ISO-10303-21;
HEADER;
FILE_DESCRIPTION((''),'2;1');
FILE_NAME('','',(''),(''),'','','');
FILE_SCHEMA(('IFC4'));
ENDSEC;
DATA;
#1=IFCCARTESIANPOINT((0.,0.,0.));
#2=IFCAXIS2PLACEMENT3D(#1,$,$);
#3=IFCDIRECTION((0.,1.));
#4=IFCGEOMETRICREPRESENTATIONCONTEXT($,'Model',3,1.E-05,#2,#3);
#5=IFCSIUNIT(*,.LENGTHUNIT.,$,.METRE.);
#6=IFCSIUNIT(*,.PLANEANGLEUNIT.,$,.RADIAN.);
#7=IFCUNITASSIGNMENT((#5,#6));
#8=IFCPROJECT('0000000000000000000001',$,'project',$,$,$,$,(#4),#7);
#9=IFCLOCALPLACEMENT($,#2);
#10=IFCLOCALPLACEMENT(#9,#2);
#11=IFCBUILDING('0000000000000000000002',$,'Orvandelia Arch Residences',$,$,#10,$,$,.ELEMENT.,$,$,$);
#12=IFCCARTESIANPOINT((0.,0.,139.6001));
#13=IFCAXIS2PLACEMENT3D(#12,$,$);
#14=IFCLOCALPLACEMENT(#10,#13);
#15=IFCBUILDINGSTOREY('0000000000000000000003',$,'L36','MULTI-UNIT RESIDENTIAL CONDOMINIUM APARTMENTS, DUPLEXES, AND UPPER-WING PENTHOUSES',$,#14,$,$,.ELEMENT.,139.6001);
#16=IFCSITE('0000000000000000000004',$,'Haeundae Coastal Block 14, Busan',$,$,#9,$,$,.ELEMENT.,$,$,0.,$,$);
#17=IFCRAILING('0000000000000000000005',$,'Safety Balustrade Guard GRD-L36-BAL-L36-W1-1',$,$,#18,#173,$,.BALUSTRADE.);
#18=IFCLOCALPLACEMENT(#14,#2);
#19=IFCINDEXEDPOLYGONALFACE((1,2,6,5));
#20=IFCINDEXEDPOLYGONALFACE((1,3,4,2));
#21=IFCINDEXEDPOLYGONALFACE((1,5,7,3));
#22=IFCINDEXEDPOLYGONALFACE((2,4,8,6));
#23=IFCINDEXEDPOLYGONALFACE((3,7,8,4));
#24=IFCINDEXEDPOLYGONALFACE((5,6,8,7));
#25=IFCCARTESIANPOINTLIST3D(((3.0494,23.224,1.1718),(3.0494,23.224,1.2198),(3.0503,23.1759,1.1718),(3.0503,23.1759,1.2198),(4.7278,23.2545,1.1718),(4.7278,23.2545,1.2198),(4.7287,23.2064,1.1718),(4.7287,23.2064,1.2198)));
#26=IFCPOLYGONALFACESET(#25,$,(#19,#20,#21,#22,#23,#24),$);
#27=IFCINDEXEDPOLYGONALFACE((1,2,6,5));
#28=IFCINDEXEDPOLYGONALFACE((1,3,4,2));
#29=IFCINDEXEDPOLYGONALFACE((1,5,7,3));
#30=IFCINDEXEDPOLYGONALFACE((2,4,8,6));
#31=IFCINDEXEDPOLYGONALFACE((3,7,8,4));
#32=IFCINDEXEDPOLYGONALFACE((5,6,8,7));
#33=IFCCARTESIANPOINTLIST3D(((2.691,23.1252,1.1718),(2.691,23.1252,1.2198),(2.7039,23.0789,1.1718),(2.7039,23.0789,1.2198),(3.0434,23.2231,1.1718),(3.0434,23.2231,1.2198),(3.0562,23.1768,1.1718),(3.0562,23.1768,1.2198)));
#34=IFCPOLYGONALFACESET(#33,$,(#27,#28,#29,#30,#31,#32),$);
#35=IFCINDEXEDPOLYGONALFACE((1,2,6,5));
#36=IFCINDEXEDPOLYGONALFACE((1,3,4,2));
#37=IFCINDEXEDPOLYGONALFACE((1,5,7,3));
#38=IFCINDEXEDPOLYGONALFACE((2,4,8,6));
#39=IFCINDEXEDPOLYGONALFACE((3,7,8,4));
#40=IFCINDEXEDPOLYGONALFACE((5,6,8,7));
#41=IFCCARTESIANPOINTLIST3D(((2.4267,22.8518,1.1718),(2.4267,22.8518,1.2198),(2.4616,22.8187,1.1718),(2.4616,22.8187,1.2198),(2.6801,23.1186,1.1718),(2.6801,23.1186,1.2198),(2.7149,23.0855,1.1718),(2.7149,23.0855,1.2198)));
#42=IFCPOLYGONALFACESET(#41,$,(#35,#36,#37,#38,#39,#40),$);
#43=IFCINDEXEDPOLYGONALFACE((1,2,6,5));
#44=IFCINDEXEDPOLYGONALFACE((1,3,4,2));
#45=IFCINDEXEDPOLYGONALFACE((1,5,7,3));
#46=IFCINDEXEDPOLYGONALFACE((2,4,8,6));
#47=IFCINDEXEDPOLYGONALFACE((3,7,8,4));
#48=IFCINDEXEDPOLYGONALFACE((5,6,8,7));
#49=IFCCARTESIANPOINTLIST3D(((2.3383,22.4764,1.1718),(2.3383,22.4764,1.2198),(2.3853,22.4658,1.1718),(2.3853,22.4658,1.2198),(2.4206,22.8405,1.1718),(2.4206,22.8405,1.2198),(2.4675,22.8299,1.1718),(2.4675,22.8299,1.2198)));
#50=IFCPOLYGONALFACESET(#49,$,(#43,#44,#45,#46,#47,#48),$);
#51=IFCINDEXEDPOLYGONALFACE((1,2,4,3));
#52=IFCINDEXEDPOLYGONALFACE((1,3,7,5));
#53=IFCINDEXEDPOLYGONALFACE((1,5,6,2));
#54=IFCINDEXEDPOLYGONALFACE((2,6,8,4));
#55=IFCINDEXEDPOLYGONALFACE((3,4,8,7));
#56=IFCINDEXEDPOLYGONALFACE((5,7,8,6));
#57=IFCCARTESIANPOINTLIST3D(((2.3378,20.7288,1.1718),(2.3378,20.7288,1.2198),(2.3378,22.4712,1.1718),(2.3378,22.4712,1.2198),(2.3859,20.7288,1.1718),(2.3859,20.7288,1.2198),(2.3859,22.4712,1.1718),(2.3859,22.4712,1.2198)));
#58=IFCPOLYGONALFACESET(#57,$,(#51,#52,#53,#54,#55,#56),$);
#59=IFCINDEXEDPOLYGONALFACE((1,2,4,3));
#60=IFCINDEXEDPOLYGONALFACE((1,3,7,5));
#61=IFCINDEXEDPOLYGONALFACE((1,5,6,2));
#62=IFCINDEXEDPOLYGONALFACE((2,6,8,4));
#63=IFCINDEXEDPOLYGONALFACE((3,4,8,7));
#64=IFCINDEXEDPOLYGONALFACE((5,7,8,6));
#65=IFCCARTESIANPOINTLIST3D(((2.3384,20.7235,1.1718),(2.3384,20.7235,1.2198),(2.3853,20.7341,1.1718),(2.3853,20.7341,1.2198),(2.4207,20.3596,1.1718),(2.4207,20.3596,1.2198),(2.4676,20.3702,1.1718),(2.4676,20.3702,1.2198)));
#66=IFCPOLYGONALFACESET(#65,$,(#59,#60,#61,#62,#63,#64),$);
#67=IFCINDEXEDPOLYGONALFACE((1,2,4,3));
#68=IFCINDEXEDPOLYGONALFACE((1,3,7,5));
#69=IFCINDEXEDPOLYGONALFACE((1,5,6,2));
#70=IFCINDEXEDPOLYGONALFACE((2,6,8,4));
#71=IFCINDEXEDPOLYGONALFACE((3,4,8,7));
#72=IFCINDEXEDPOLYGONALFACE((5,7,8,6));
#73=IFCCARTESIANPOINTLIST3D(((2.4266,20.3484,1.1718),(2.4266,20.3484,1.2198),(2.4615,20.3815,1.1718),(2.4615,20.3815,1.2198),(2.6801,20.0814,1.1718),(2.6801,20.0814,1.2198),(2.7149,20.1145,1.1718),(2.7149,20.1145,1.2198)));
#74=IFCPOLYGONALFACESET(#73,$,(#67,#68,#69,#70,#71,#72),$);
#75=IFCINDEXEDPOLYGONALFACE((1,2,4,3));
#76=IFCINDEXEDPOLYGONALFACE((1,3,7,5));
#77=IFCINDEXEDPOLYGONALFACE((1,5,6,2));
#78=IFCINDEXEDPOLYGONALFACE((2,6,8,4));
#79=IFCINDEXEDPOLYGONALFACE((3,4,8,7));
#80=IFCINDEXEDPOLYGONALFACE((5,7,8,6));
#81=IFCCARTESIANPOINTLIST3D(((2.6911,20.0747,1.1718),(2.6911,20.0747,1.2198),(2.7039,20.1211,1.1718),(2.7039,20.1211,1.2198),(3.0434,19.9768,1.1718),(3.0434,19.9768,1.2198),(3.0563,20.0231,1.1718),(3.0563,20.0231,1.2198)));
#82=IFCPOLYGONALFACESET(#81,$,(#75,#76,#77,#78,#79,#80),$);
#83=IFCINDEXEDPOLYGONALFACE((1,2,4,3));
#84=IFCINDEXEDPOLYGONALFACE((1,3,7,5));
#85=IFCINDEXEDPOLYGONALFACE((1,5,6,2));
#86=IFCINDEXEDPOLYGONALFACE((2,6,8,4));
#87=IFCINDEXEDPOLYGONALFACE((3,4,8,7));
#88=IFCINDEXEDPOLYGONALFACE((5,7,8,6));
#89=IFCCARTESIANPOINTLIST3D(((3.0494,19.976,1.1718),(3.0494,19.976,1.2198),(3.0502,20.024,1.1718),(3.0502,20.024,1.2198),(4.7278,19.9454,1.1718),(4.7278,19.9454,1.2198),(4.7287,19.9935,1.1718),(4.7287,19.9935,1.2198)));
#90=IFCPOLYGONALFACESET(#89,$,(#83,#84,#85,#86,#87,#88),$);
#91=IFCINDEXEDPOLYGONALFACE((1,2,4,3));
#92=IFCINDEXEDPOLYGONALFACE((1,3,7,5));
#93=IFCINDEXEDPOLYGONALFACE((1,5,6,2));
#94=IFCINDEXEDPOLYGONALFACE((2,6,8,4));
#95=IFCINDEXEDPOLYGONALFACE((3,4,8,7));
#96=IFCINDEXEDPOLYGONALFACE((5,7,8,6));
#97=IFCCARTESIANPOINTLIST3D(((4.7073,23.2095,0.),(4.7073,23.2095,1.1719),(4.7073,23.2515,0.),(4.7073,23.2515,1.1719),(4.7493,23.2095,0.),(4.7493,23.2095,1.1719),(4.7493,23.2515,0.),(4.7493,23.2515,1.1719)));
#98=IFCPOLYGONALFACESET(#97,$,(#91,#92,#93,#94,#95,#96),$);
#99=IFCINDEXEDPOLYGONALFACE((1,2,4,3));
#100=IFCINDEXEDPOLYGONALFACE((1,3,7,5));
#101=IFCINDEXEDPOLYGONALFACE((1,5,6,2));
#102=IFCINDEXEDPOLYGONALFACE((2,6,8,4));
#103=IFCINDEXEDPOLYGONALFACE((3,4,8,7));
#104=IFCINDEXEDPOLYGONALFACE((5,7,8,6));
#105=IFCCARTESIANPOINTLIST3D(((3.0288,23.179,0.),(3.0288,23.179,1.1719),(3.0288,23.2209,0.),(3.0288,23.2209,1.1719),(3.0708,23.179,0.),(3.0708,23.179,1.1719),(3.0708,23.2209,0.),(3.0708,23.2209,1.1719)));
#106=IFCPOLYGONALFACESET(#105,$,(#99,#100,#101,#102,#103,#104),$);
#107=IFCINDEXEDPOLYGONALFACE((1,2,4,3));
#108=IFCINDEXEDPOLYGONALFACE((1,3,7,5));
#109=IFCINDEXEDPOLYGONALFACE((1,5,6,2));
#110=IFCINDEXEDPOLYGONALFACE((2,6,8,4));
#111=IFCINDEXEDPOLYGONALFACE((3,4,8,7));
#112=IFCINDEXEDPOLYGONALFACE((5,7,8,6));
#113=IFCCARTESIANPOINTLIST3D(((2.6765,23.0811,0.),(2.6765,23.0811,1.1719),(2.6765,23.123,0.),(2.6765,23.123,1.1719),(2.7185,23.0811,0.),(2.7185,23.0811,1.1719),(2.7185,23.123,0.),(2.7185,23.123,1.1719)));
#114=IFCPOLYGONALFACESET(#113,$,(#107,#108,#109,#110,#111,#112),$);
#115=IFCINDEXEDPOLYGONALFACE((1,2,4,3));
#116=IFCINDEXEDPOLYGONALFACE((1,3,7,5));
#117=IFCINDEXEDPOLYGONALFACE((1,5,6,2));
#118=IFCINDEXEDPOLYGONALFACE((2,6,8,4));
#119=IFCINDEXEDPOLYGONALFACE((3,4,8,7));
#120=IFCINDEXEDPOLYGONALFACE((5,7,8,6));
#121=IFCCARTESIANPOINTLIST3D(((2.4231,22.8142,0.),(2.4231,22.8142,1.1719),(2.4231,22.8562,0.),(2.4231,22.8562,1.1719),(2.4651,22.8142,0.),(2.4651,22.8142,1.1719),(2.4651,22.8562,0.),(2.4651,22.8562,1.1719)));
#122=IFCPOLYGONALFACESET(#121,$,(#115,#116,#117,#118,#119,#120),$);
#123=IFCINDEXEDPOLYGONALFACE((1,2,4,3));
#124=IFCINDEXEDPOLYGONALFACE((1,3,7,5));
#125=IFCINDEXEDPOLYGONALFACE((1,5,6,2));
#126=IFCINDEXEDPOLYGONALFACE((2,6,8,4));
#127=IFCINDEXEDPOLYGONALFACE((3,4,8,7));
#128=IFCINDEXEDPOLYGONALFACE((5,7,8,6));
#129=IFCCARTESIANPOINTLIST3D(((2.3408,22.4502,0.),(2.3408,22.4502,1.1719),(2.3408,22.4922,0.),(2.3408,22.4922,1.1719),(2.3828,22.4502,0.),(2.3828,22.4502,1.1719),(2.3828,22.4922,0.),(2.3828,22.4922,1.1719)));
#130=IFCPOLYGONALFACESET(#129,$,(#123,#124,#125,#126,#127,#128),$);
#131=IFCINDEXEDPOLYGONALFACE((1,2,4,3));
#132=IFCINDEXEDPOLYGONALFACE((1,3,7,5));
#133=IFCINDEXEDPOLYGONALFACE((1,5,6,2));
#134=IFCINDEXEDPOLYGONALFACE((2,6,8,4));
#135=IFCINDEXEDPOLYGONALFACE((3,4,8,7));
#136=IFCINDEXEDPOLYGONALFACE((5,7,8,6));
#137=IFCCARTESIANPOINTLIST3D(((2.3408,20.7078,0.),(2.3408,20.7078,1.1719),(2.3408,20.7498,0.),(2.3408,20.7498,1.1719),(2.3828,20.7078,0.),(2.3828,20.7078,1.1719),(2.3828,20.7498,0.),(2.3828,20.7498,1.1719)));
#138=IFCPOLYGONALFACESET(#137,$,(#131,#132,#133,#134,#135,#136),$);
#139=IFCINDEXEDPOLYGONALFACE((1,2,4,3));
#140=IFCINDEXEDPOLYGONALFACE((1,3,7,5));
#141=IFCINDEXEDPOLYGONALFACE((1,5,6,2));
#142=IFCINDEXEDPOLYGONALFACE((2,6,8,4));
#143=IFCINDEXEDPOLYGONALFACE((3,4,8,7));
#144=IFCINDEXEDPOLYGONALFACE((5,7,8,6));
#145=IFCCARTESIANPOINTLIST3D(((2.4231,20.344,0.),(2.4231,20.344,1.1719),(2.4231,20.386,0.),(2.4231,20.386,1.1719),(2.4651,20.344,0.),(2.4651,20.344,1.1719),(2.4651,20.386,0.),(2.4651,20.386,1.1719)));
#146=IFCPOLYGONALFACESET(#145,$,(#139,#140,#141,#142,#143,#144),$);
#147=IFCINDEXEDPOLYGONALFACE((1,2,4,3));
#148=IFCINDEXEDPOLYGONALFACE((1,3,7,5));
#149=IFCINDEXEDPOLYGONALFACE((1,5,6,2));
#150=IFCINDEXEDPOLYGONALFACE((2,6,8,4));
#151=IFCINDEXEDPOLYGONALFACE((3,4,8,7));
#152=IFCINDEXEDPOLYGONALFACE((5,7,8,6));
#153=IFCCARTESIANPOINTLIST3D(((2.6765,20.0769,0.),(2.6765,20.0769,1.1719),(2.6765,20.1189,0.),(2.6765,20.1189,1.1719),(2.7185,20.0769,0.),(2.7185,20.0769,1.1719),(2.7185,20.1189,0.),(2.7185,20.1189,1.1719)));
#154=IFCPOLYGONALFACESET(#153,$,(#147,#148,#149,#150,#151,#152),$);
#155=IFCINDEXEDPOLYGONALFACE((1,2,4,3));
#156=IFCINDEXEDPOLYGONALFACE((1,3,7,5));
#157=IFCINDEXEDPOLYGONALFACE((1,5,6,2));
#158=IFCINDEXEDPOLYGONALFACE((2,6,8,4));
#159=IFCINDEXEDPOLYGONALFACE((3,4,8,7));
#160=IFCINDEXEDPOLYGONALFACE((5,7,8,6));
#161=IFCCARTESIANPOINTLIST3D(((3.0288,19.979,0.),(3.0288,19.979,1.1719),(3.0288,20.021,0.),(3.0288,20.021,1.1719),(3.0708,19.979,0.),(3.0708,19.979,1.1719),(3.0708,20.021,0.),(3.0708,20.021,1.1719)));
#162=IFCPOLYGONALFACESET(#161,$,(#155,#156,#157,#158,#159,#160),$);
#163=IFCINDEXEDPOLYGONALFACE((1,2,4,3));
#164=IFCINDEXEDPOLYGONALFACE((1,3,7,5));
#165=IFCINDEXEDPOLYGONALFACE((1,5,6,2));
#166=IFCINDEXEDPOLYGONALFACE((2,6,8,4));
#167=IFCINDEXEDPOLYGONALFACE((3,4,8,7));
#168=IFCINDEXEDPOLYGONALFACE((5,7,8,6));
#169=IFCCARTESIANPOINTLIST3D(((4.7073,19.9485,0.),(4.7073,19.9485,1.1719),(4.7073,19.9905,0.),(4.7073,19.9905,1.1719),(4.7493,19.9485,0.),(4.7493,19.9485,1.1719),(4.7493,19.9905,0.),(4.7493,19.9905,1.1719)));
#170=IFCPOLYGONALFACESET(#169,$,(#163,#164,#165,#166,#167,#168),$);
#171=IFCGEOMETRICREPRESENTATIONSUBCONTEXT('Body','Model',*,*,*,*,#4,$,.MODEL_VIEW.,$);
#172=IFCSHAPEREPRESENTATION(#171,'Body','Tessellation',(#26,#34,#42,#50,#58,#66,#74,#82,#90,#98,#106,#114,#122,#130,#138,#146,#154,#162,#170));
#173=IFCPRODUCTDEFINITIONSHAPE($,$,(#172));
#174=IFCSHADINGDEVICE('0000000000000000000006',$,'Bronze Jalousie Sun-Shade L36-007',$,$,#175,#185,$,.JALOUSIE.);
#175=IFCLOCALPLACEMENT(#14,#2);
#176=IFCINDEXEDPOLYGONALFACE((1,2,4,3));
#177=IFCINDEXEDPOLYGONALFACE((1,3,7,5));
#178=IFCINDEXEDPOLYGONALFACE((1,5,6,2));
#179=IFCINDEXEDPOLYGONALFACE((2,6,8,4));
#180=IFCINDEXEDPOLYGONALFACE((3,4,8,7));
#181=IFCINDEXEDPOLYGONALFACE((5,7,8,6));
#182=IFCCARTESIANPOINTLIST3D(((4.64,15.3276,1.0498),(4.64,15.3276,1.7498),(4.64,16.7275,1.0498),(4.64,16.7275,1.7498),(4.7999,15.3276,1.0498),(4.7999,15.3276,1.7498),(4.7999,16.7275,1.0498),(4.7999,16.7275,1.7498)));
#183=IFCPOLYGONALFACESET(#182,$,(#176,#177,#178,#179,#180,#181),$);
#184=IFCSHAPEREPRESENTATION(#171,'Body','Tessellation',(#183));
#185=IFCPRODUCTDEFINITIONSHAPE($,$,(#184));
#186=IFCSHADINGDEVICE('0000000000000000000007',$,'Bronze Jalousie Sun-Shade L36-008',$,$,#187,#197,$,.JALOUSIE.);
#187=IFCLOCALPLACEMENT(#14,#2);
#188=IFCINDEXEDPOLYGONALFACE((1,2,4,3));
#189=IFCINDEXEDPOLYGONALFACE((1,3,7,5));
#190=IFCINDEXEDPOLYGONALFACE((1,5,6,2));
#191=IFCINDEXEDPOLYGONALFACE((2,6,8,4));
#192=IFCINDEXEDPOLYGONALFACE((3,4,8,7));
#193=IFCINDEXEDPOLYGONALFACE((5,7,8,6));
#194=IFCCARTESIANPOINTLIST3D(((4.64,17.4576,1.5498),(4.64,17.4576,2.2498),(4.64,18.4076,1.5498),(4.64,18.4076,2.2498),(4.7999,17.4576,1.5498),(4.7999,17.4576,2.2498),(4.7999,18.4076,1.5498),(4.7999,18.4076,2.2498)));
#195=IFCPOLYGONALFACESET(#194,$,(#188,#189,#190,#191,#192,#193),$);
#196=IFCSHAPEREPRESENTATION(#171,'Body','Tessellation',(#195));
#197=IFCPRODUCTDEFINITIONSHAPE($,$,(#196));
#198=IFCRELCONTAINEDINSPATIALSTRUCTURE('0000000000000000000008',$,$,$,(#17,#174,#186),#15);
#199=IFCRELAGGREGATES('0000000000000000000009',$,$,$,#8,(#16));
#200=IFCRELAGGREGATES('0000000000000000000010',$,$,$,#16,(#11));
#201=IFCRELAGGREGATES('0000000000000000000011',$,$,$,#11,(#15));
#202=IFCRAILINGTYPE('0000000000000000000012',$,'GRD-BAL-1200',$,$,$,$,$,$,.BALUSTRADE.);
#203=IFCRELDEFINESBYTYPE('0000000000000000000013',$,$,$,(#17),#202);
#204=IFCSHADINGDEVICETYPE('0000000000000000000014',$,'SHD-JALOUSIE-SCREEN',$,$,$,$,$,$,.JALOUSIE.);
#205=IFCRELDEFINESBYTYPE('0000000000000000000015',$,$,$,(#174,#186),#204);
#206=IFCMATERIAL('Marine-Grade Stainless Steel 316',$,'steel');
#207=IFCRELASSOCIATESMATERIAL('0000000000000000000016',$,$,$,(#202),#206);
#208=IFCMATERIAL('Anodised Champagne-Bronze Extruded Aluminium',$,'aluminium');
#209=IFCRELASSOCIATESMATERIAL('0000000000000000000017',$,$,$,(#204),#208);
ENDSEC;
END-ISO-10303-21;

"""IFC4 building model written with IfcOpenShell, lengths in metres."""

from ifc_helpers import new_model, si_unit, direction, frame, origin, origin_2d, place, context, subcontext, project, spatial, rectangle, extrude, material, type_object, element, save


model = new_model("IFC4")

# Units and contexts
model_context = context("Model", 3, precision=1e-05, world=origin(), true_north=direction((0.0, 1.0)))
body_context = subcontext(model_context, "Body", "Model", "MODEL_VIEW")
ifc_project = project(units=[si_unit("LENGTHUNIT", "METRE"), si_unit("PLANEANGLEUNIT", "RADIAN")], contexts=[model_context])

# Site, building, storey
site_placement = place(None, origin())
site = spatial("IfcSite", under=ifc_project, at=site_placement, Name="Haeundae Coastal Block 14, Busan", CompositionType="ELEMENT", RefElevation=0.0)
building_placement = place(site_placement, origin())
building = spatial("IfcBuilding", under=site, at=building_placement, Name="Orvandelia Arch Residences", CompositionType="ELEMENT")
storey_placement = place(building_placement, frame((0.0, 0.0, 139.6001)))
storey = spatial("IfcBuildingStorey", under=building, at=storey_placement, Name="L36", Description="MULTI-UNIT RESIDENTIAL CONDOMINIUM APARTMENTS, DUPLEXES, AND UPPER-WING PENTHOUSES", CompositionType="ELEMENT", Elevation=139.6001)

# Railing
ifc_material_1 = material(Name="Marine-Grade Stainless Steel 316", Category="steel")
railing_type = type_object("IfcRailingType", Name="GRD-BAL-1200", PredefinedType="BALUSTRADE", material=ifc_material_1)
railing_placement = place(storey_placement, frame((4.7283, 23.2305, 0.0)))
element("IfcRailing", 1, at=railing_placement, inside=storey, type_object=railing_type, Name="Safety Balustrade Guard GRD-L36-BAL-L36-W1-1", PredefinedType="BALUSTRADE", context=body_context, shape_type="SweptSolid", body=[
    extrude(rectangle(XDim=0.0481, YDim=0.0481, at=origin_2d()), frame((0.0, 0.0, 1.1958), z_axis=(-0.999835, -0.018179, 0.0), x_axis=(0.018179, -0.999835, 0.0)), (0.0, 0.0, 1.0), 1.6787),
    extrude(rectangle(XDim=0.0481, YDim=0.0481, at=origin_2d()), frame((-1.6785, -0.0305, 1.1958), z_axis=(-0.963489, -0.267747, 0.0), x_axis=(0.267747, -0.963489, 0.0)), (0.0, 0.0, 1.0), 0.3657),
    extrude(rectangle(XDim=0.0481, YDim=0.0481, at=origin_2d()), frame((-2.0308, -0.1284, 1.1958), z_axis=(-0.688627, -0.725115, 0.0), x_axis=(0.725115, -0.688627, 0.0)), (0.0, 0.0, 1.0), 0.3679),
    extrude(rectangle(XDim=0.0481, YDim=0.0481, at=origin_2d()), frame((-2.2842, -0.3953, 1.1958), z_axis=(-0.220462, -0.975396, 0.0), x_axis=(0.975396, -0.220462, 0.0)), (0.0, 0.0, 1.0), 0.3733),
    extrude(rectangle(XDim=0.0481, YDim=0.0481, at=origin_2d()), frame((-2.3665, -0.7593, 1.1958), z_axis=(0.0, -1.0, 0.0), x_axis=(1.0, 0.0, 0.0)), (0.0, 0.0, 1.0), 1.7424),
    extrude(rectangle(XDim=0.0481, YDim=0.0481, at=origin_2d()), frame((-2.3665, -2.5017, 1.1958), z_axis=(0.220602, -0.975364, 0.0), x_axis=(0.975364, 0.220602, 0.0)), (0.0, 0.0, 1.0), 0.373),
    extrude(rectangle(XDim=0.0481, YDim=0.0481, at=origin_2d()), frame((-2.2842, -2.8655, 1.1958), z_axis=(0.688296, -0.72543, 0.0), x_axis=(0.72543, 0.688296, 0.0)), (0.0, 0.0, 1.0), 0.3682),
    extrude(rectangle(XDim=0.0481, YDim=0.0481, at=origin_2d()), frame((-2.0308, -3.1326, 1.1958), z_axis=(0.963489, -0.267747, 0.0), x_axis=(0.267747, 0.963489, 0.0)), (0.0, 0.0, 1.0), 0.3657),
    extrude(rectangle(XDim=0.0481, YDim=0.0481, at=origin_2d()), frame((-1.6785, -3.2305, 1.1958), z_axis=(0.999835, -0.018179, 0.0), x_axis=(0.018179, 0.999835, 0.0)), (0.0, 0.0, 1.0), 1.6787),
    extrude(rectangle(XDim=0.042, YDim=0.042, at=origin_2d()), origin(), (0.0, 0.0, 1.0), 1.1719),
    extrude(rectangle(XDim=0.042, YDim=0.042, at=origin_2d()), frame((-1.6785, -0.0305, 0.0)), (0.0, 0.0, 1.0), 1.1719),
    extrude(rectangle(XDim=0.042, YDim=0.042, at=origin_2d()), frame((-2.0308, -0.1284, 0.0)), (0.0, 0.0, 1.0), 1.1719),
    extrude(rectangle(XDim=0.042, YDim=0.042, at=origin_2d()), frame((-2.2842, -0.3953, 0.0)), (0.0, 0.0, 1.0), 1.1719),
    extrude(rectangle(XDim=0.042, YDim=0.042, at=origin_2d()), frame((-2.3665, -0.7593, 0.0)), (0.0, 0.0, 1.0), 1.1719),
    extrude(rectangle(XDim=0.042, YDim=0.042, at=origin_2d()), frame((-2.3665, -2.5017, 0.0)), (0.0, 0.0, 1.0), 1.1719),
    extrude(rectangle(XDim=0.042, YDim=0.042, at=origin_2d()), frame((-2.2842, -2.8655, 0.0)), (0.0, 0.0, 1.0), 1.1719),
    extrude(rectangle(XDim=0.042, YDim=0.042, at=origin_2d()), frame((-2.0308, -3.1326, 0.0)), (0.0, 0.0, 1.0), 1.1719),
    extrude(rectangle(XDim=0.042, YDim=0.042, at=origin_2d()), frame((-1.6785, -3.2305, 0.0)), (0.0, 0.0, 1.0), 1.1719),
    extrude(rectangle(XDim=0.042, YDim=0.042, at=origin_2d()), frame((0.0, -3.261, 0.0)), (0.0, 0.0, 1.0), 1.1719),
])

# Shading devices
ifc_material_2 = material(Name="Anodised Champagne-Bronze Extruded Aluminium", Category="aluminium")
shading_device_type = type_object("IfcShadingDeviceType", Name="SHD-JALOUSIE-SCREEN", PredefinedType="JALOUSIE", material=ifc_material_2)
shading_device_1_placement = place(storey_placement, frame((4.72, 16.0276, 1.0498), z_axis=(0.0, 0.0, 1.0), x_axis=(0.0, 1.0, 0.0)))
element("IfcShadingDevice", 2, at=shading_device_1_placement, inside=storey, type_object=shading_device_type, Name="Bronze Jalousie Sun-Shade L36-007", PredefinedType="JALOUSIE", context=body_context, shape_type="SweptSolid", body=[
    extrude(rectangle(XDim=1.3999, YDim=0.1599, at=origin_2d()), origin(), (0.0, 0.0, 1.0), 0.7),
])
shading_device_2_placement = place(storey_placement, frame((4.72, 17.9326, 1.5498), z_axis=(0.0, 0.0, 1.0), x_axis=(0.0, 1.0, 0.0)))
element("IfcShadingDevice", 3, at=shading_device_2_placement, inside=storey, type_object=shading_device_type, Name="Bronze Jalousie Sun-Shade L36-008", PredefinedType="JALOUSIE", context=body_context, shape_type="SweptSolid", body=[
    extrude(rectangle(XDim=0.95, YDim=0.1599, at=origin_2d()), origin(), (0.0, 0.0, 1.0), 0.7),
])

save(model, "model.ifc")
